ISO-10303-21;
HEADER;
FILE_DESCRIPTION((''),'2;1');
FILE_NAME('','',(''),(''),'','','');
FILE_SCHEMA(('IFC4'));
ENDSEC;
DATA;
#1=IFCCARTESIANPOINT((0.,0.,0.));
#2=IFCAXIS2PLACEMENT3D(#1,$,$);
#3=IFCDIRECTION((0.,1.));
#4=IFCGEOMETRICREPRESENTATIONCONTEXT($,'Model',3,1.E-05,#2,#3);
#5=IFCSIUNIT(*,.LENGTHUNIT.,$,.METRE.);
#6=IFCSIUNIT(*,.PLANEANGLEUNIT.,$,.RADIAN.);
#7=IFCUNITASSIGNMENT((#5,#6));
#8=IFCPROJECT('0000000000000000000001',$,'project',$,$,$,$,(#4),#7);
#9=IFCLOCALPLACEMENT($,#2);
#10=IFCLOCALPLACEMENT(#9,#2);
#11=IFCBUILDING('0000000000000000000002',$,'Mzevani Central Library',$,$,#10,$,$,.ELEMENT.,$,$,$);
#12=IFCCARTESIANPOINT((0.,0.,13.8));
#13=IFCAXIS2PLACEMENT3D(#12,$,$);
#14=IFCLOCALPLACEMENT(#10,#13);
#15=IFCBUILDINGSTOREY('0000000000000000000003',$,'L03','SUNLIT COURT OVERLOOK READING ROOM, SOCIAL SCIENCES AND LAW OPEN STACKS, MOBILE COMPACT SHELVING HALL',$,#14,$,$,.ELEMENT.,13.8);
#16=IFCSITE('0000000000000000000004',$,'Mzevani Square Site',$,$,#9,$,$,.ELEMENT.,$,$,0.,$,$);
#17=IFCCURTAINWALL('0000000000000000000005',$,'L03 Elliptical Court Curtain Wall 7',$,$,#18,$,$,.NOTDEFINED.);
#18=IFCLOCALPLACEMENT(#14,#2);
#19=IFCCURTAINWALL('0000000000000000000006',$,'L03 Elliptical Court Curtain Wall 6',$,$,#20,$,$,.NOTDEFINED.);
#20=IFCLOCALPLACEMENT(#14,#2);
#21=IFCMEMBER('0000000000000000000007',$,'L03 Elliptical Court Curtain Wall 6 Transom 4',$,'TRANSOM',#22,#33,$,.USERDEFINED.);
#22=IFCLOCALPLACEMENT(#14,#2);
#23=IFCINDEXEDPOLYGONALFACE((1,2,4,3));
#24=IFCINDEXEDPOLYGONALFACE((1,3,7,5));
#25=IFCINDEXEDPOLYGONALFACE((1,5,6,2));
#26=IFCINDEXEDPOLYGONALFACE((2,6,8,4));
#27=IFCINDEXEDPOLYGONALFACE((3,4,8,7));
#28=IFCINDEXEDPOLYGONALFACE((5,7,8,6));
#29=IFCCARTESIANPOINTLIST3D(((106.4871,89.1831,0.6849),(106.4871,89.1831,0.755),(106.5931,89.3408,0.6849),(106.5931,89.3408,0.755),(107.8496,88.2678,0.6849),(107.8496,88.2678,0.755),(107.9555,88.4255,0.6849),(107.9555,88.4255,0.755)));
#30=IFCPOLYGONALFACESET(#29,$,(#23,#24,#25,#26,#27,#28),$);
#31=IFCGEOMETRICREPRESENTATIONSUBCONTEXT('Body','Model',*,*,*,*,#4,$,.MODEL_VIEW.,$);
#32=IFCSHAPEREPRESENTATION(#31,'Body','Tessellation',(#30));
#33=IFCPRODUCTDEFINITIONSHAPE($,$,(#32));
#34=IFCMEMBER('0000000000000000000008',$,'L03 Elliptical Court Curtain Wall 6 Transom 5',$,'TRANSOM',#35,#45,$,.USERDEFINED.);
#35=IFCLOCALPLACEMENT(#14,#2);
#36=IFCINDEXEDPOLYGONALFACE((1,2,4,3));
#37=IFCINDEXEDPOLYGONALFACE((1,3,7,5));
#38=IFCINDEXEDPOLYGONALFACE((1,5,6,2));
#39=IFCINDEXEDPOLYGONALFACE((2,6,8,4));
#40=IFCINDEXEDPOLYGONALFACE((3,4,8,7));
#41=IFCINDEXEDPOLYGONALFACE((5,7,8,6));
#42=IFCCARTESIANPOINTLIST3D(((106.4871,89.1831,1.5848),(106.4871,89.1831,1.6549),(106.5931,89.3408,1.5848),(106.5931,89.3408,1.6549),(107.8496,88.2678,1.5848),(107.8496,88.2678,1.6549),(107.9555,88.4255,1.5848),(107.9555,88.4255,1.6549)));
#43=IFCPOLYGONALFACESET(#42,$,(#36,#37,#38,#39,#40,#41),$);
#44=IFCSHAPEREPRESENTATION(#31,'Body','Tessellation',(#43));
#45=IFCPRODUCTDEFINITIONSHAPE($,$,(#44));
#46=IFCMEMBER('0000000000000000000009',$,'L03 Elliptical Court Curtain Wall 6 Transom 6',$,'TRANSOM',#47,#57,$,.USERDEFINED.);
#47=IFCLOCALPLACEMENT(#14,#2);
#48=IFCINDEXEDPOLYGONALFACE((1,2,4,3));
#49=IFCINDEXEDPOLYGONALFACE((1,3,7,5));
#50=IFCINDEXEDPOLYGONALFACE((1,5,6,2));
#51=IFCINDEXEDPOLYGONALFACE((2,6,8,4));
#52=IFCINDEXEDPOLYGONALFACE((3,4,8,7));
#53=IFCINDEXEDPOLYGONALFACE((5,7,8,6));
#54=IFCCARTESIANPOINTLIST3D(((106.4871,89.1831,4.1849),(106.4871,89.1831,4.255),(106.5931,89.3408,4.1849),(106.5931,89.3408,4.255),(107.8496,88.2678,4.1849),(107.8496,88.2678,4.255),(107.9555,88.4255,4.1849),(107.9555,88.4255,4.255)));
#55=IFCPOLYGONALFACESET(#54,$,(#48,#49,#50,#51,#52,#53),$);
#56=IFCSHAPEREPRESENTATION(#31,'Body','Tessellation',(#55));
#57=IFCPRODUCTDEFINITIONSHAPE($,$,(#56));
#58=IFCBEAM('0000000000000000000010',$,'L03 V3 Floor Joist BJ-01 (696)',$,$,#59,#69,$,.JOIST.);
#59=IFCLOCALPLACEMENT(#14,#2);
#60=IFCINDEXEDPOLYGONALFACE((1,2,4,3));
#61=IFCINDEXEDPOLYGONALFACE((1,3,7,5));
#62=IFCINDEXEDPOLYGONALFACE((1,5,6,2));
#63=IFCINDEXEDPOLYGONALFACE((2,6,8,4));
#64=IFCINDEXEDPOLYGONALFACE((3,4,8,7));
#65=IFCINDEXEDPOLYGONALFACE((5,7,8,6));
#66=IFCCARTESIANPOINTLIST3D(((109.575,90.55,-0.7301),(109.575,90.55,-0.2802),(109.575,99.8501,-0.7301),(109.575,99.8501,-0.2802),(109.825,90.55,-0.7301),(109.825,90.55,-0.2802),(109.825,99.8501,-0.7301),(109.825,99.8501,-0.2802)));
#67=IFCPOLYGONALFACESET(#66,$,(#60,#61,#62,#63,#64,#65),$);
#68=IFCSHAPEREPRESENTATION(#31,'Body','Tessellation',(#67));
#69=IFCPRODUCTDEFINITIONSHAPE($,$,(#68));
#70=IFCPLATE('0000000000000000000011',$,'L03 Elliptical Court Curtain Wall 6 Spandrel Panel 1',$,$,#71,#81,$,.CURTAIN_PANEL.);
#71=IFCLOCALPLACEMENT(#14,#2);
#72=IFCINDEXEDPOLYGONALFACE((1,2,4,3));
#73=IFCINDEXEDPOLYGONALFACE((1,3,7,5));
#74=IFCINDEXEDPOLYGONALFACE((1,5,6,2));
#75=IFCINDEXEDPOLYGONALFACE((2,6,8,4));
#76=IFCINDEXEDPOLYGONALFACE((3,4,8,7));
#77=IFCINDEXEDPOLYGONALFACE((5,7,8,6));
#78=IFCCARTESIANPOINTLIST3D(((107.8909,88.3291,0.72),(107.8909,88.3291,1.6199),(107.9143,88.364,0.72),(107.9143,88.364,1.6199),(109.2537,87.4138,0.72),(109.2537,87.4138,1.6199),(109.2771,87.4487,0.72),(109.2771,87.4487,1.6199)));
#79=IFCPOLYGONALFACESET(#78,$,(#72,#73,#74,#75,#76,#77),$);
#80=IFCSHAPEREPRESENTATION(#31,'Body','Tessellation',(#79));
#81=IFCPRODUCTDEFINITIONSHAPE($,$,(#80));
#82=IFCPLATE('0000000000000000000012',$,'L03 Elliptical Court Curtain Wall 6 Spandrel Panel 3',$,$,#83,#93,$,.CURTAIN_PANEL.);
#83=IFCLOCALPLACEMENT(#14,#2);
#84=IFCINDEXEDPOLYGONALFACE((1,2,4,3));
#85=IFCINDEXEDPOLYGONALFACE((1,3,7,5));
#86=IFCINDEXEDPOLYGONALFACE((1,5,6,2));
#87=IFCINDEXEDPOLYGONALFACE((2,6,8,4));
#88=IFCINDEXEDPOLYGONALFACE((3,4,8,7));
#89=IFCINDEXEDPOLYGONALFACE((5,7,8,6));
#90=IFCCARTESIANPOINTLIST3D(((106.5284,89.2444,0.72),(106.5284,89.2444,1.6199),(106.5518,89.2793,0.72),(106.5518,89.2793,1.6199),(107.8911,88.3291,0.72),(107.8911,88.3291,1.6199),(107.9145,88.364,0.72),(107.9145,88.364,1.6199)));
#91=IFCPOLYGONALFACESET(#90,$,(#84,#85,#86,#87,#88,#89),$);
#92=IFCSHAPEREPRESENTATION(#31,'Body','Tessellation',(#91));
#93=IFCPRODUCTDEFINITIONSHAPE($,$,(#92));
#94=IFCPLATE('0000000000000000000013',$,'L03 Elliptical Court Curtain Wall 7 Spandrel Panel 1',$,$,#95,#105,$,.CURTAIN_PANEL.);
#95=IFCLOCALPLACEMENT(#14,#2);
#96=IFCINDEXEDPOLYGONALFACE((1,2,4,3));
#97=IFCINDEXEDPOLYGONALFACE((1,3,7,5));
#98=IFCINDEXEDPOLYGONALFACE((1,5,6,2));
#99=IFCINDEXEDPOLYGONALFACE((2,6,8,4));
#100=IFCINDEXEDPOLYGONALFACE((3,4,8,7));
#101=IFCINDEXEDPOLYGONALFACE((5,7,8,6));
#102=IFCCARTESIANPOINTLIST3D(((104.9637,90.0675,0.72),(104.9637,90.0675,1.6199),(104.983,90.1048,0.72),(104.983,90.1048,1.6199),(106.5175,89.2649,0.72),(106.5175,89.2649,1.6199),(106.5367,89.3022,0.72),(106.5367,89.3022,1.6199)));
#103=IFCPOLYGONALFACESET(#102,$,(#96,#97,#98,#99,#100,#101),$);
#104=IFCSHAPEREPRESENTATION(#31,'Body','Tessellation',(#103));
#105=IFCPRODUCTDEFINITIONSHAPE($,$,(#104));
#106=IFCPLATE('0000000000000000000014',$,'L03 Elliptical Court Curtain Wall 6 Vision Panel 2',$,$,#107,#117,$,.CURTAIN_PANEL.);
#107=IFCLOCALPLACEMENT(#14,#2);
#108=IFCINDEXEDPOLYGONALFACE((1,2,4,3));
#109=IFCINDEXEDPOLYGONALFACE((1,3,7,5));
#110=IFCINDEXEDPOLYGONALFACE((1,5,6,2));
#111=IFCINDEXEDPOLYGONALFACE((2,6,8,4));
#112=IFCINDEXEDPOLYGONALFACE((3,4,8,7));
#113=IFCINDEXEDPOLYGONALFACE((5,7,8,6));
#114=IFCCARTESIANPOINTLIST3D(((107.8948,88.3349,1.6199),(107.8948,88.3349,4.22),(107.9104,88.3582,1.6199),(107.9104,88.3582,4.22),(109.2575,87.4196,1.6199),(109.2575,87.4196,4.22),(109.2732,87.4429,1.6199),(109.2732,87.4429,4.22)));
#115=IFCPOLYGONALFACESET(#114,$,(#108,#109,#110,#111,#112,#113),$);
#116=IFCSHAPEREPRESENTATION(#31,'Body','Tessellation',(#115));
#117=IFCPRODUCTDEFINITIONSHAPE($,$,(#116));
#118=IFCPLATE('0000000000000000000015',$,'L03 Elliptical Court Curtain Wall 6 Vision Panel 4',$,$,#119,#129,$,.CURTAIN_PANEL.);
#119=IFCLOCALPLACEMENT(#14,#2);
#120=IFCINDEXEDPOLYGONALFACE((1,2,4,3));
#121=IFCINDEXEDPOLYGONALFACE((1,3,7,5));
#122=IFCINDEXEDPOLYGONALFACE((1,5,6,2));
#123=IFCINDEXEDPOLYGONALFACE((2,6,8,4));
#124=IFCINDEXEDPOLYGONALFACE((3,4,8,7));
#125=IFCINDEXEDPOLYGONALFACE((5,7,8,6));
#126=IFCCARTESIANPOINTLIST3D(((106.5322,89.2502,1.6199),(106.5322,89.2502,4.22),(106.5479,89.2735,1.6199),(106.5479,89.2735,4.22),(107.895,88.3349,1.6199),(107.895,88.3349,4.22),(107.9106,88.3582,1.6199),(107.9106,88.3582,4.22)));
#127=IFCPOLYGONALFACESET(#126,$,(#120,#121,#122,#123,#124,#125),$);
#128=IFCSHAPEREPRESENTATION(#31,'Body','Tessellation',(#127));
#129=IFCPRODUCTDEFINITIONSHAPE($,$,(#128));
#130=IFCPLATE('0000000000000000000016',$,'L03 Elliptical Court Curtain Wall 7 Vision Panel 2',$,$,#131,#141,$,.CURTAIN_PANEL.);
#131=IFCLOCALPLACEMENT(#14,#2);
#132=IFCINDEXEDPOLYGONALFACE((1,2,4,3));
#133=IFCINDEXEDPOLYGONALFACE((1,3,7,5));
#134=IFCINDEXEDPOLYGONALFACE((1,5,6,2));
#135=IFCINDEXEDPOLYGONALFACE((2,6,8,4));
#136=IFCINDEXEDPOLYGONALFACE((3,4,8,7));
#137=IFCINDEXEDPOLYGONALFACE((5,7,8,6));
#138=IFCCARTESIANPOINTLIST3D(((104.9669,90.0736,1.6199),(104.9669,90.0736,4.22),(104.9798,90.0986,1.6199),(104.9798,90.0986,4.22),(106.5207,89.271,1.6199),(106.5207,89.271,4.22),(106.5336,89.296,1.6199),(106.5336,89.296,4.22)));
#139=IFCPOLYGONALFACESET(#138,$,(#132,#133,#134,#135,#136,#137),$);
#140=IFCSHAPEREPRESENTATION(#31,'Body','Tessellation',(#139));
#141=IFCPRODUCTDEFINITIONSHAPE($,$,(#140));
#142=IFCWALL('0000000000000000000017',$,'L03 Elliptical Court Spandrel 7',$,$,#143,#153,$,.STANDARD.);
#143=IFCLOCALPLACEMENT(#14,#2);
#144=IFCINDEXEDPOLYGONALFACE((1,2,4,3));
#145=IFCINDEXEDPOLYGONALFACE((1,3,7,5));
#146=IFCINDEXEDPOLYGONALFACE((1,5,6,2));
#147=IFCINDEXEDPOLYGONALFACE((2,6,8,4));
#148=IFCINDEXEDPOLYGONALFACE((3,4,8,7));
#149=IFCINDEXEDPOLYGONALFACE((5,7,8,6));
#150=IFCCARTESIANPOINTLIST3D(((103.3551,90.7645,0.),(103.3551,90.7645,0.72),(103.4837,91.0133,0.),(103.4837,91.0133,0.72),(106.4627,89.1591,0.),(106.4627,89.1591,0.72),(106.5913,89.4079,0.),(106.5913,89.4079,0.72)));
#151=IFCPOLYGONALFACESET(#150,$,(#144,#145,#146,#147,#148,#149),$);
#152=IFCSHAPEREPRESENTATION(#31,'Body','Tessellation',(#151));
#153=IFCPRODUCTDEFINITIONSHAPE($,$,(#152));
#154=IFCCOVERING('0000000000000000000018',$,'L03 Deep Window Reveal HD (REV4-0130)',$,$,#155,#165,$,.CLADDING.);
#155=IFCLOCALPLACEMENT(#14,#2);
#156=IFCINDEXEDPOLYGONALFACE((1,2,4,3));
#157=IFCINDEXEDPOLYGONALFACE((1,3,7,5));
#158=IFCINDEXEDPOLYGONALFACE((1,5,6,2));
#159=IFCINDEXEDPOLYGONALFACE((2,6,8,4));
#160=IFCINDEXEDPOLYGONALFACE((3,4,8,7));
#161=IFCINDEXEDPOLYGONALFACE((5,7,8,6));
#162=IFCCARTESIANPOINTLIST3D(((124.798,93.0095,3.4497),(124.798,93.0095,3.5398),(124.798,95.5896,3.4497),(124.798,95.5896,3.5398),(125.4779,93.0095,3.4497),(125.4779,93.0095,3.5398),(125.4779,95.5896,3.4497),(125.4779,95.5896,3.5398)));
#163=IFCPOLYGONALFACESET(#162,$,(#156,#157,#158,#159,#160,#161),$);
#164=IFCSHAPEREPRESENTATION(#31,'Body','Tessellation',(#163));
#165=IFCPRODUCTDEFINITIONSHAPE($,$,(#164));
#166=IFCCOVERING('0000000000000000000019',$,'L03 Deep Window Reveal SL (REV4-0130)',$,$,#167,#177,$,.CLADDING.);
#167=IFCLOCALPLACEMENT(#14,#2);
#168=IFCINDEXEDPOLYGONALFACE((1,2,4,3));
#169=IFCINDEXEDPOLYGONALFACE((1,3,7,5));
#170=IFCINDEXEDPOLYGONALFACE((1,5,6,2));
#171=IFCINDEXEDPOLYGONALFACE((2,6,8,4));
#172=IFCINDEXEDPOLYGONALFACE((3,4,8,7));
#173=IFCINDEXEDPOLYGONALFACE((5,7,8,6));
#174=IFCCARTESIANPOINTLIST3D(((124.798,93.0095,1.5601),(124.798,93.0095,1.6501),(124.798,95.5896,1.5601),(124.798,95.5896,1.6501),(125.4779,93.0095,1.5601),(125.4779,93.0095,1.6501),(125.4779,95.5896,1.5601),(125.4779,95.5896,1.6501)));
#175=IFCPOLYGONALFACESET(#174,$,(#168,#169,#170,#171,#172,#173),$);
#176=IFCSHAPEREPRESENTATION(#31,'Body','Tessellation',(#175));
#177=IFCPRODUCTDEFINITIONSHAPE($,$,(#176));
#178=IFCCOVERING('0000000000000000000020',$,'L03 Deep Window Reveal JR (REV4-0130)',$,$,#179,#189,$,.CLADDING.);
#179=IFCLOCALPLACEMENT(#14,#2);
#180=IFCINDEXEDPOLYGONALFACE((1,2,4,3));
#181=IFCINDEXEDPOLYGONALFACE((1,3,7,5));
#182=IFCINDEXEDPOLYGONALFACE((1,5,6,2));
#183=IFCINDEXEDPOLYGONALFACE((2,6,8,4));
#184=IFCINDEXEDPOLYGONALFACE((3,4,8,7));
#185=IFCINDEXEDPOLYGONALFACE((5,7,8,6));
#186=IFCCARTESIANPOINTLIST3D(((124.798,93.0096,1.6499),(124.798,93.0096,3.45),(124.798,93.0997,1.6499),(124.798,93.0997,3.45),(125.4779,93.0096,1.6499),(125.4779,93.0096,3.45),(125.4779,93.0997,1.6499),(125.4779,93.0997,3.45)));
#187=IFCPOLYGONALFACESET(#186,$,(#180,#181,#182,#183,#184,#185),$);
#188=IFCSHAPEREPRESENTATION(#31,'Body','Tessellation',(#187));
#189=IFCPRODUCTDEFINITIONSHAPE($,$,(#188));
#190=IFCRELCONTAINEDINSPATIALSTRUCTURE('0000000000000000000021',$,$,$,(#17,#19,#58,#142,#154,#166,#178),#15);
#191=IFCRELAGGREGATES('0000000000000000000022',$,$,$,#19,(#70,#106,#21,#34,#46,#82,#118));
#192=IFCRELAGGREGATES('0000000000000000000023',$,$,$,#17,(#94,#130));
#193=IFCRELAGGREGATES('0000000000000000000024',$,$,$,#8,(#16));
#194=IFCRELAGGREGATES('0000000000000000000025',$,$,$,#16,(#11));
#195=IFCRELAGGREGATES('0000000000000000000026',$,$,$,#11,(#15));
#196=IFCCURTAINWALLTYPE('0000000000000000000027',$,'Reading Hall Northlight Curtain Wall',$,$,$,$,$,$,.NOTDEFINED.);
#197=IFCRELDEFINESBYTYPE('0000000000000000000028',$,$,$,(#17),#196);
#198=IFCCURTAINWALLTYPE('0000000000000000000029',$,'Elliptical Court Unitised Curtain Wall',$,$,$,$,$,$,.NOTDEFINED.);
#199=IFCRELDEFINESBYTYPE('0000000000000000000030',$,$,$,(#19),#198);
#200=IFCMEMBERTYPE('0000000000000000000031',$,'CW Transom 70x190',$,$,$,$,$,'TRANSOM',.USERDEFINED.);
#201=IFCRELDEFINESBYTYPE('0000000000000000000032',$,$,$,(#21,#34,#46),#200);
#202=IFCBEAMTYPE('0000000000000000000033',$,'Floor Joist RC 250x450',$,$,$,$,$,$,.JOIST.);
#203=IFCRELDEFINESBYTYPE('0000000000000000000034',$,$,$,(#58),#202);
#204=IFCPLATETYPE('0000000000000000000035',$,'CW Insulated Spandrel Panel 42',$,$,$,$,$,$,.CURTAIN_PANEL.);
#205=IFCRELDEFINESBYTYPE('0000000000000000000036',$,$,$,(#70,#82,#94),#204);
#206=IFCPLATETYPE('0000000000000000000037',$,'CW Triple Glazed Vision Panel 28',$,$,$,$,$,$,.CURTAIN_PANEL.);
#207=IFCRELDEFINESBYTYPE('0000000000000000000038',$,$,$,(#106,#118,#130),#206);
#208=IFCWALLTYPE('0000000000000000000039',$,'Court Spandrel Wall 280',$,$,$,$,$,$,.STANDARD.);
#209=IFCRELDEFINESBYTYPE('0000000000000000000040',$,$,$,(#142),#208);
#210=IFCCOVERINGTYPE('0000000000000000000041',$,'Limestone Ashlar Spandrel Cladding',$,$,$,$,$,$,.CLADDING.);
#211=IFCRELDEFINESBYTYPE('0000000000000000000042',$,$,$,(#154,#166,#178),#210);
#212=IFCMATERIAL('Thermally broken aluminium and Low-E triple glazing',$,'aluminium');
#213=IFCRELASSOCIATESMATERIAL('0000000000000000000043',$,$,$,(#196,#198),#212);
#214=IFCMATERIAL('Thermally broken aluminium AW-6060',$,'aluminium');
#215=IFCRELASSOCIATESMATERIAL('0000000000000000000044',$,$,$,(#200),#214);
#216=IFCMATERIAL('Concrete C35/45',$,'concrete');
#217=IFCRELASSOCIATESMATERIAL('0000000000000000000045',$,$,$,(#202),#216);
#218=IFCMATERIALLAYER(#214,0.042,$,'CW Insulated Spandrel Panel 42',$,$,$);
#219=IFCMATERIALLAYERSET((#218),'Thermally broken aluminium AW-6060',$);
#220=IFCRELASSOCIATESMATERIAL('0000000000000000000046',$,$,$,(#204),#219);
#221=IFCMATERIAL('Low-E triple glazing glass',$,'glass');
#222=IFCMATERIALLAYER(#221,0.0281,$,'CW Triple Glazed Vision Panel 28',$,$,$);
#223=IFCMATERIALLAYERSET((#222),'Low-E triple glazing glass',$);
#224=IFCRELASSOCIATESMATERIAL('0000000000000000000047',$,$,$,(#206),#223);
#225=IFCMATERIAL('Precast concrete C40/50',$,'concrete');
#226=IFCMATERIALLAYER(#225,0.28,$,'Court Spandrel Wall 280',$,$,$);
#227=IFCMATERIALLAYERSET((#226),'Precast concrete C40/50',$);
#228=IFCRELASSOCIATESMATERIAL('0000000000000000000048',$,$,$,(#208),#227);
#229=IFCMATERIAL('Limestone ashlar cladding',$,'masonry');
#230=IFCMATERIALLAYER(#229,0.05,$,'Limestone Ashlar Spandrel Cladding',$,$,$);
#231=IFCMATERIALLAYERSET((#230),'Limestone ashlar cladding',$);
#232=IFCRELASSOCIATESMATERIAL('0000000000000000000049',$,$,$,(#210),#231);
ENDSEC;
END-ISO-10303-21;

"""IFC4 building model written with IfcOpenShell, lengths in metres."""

from ifc_helpers import new_model, si_unit, direction, frame, frame_2d, origin, origin_2d, place, context, subcontext, project, spatial, rectangle, extrude, material, layer, layer_set, material_profile, profile_set, type_object, element, aggregate, save


model = new_model("IFC4")

# Units and contexts
model_context = context("Model", 3, precision=1e-05, world=origin(), true_north=direction((0.0, 1.0)))
body_context = subcontext(model_context, "Body", "Model", "MODEL_VIEW")
ifc_project = project(units=[si_unit("LENGTHUNIT", "METRE"), si_unit("PLANEANGLEUNIT", "RADIAN")], contexts=[model_context])

# Site, building, storey
site_placement = place(None, origin())
site = spatial("IfcSite", under=ifc_project, at=site_placement, Name="Mzevani Square Site", CompositionType="ELEMENT", RefElevation=0.0)
building_placement = place(site_placement, origin())
building = spatial("IfcBuilding", under=site, at=building_placement, Name="Mzevani Central Library", CompositionType="ELEMENT")
storey_placement = place(building_placement, frame((0.0, 0.0, 13.8)))
storey = spatial("IfcBuildingStorey", under=building, at=storey_placement, Name="L03", Description="SUNLIT COURT OVERLOOK READING ROOM, SOCIAL SCIENCES AND LAW OPEN STACKS, MOBILE COMPACT SHELVING HALL", CompositionType="ELEMENT", Elevation=13.8)

# Shared definitions
ifc_material_1 = material(Name="Concrete C35/45", Category="concrete")

# Curtain wall
ifc_material_2 = material(Name="Thermally broken aluminium and Low-E triple glazing", Category="aluminium")
curtain_wall_type_1 = type_object("IfcCurtainWallType", Name="Reading Hall Northlight Curtain Wall", PredefinedType="NOTDEFINED", material=ifc_material_2)
curtain_wall_1_placement = place(storey_placement, origin())
curtain_wall_1 = element("IfcCurtainWall", 1, at=curtain_wall_1_placement, inside=storey, type_object=curtain_wall_type_1, Name="L03 Elliptical Court Curtain Wall 7", PredefinedType="NOTDEFINED")
ifc_material_3 = material(Name="Thermally broken aluminium AW-6060", Category="aluminium")

# Curtain wall
curtain_wall_type_2 = type_object("IfcCurtainWallType", Name="Elliptical Court Unitised Curtain Wall", PredefinedType="NOTDEFINED", material=ifc_material_2)
curtain_wall_2_placement = place(storey_placement, origin())
curtain_wall_2 = element("IfcCurtainWall", 2, at=curtain_wall_2_placement, inside=storey, type_object=curtain_wall_type_2, Name="L03 Elliptical Court Curtain Wall 6", PredefinedType="NOTDEFINED")

# Members
ifc_material_profile_1 = material_profile(ifc_material_3, rectangle(XDim=0.1899, YDim=0.0701, at=origin_2d()), Name="ALU T70x190")
ifc_profile_set_1 = profile_set([ifc_material_profile_1], Name="Thermally broken aluminium AW-6060")
member_type_1 = type_object("IfcMemberType", Name="CW Transom 70x190", ElementType="TRANSOM", PredefinedType="USERDEFINED", material=ifc_profile_set_1)
member_1_placement = place(storey_placement, frame((107.9026, 88.3467, 0.72), z_axis=(-0.8301, 0.557614, 0.0), x_axis=(-0.557614, -0.8301, 0.0)))
member_1 = element("IfcMember", 3, at=member_1_placement, type_object=member_type_1, Name="L03 Elliptical Court Curtain Wall 6 Transom 4", ObjectType="TRANSOM", PredefinedType="USERDEFINED", context=body_context, shape_type="SweptSolid", body=[
    extrude(rectangle(XDim=0.1899, YDim=0.0701, at=origin_2d()), origin(), (0.0, 0.0, 1.0), 1.6414),
])
member_2_placement = place(storey_placement, frame((107.9026, 88.3467, 1.6199), z_axis=(-0.8301, 0.557614, 0.0), x_axis=(-0.557614, -0.8301, 0.0)))
member_2 = element("IfcMember", 4, at=member_2_placement, type_object=member_type_1, Name="L03 Elliptical Court Curtain Wall 6 Transom 5", ObjectType="TRANSOM", PredefinedType="USERDEFINED", context=body_context, shape_type="SweptSolid", body=[
    extrude(rectangle(XDim=0.1899, YDim=0.0701, at=origin_2d()), origin(), (0.0, 0.0, 1.0), 1.6414),
])
member_3_placement = place(storey_placement, frame((107.9026, 88.3467, 4.22), z_axis=(-0.8301, 0.557614, 0.0), x_axis=(-0.557614, -0.8301, 0.0)))
member_3 = element("IfcMember", 5, at=member_3_placement, type_object=member_type_1, Name="L03 Elliptical Court Curtain Wall 6 Transom 6", ObjectType="TRANSOM", PredefinedType="USERDEFINED", context=body_context, shape_type="SweptSolid", body=[
    extrude(rectangle(XDim=0.1899, YDim=0.0701, at=origin_2d()), origin(), (0.0, 0.0, 1.0), 1.6414),
])

# Beam
ifc_material_profile_2 = material_profile(ifc_material_1, rectangle(XDim=0.25, YDim=0.45, at=origin_2d()), Name="RC J250x450")
ifc_profile_set_2 = profile_set([ifc_material_profile_2], Name="Concrete C35/45")
beam_type_1 = type_object("IfcBeamType", Name="Floor Joist RC 250x450", PredefinedType="JOIST", material=ifc_profile_set_2)
beam_1_placement = place(storey_placement, frame((109.7, 90.55, -0.5051), z_axis=(0.0, 1.0, 0.0), x_axis=(-1.0, 0.0, 0.0)))
element("IfcBeam", 6, at=beam_1_placement, inside=storey, type_object=beam_type_1, Name="L03 V3 Floor Joist BJ-01 (696)", PredefinedType="JOIST", context=body_context, shape_type="SweptSolid", body=[
    extrude(rectangle(XDim=0.25, YDim=0.45, at=origin_2d()), origin(), (0.0, 0.0, 1.0), 9.3),
])

# Plates
ifc_layer_1 = layer(ifc_material_3, 0.042, Name="CW Insulated Spandrel Panel 42")
ifc_layer_set_1 = layer_set([ifc_layer_1], Name="Thermally broken aluminium AW-6060")
plate_type_1 = type_object("IfcPlateType", Name="CW Insulated Spandrel Panel 42", PredefinedType="CURTAIN_PANEL", material=ifc_layer_set_1)
plate_1_placement = place(storey_placement, frame((108.584, 87.8889, 0.72), z_axis=(0.0, 0.0, 1.0), x_axis=(-0.830138, 0.557558, 0.0)))
plate_1 = element("IfcPlate", 7, at=plate_1_placement, type_object=plate_type_1, Name="L03 Elliptical Court Curtain Wall 6 Spandrel Panel 1", PredefinedType="CURTAIN_PANEL", context=body_context, shape_type="SweptSolid", body=[
    extrude(rectangle(XDim=1.6416, YDim=0.042, at=origin_2d()), origin(), (0.0, 0.0, 1.0), 0.8999),
])
plate_2_placement = place(storey_placement, frame((107.2214, 88.8042, 0.72), z_axis=(0.0, 0.0, 1.0), x_axis=(-0.830138, 0.557558, 0.0)))
plate_2 = element("IfcPlate", 8, at=plate_2_placement, type_object=plate_type_1, Name="L03 Elliptical Court Curtain Wall 6 Spandrel Panel 3", PredefinedType="CURTAIN_PANEL", context=body_context, shape_type="SweptSolid", body=[
    extrude(rectangle(XDim=1.6416, YDim=0.042, at=origin_2d()), origin(), (0.0, 0.0, 1.0), 0.8999),
])
plate_3_placement = place(storey_placement, frame((105.7502, 89.6848, 0.72), z_axis=(0.0, 0.0, 1.0), x_axis=(-0.888466, 0.458943, 0.0)))
plate_3 = element("IfcPlate", 9, at=plate_3_placement, type_object=plate_type_1, Name="L03 Elliptical Court Curtain Wall 7 Spandrel Panel 1", PredefinedType="CURTAIN_PANEL", context=body_context, shape_type="SweptSolid", body=[
    extrude(rectangle(XDim=1.7488, YDim=0.042, at=origin_2d()), origin(), (0.0, 0.0, 1.0), 0.8999),
])
ifc_material_4 = material(Name="Low-E triple glazing glass", Category="glass")
ifc_layer_2 = layer(ifc_material_4, 0.0281, Name="CW Triple Glazed Vision Panel 28")
ifc_layer_set_2 = layer_set([ifc_layer_2], Name="Low-E triple glazing glass")
plate_type_2 = type_object("IfcPlateType", Name="CW Triple Glazed Vision Panel 28", PredefinedType="CURTAIN_PANEL", material=ifc_layer_set_2)
plate_4_placement = place(storey_placement, frame((108.584, 87.8889, 1.6199), z_axis=(0.0, 0.0, 1.0), x_axis=(-0.830138, 0.557558, 0.0)))
plate_4 = element("IfcPlate", 10, at=plate_4_placement, type_object=plate_type_2, Name="L03 Elliptical Court Curtain Wall 6 Vision Panel 2", PredefinedType="CURTAIN_PANEL", context=body_context, shape_type="SweptSolid", body=[
    extrude(rectangle(XDim=1.6416, YDim=0.0281, at=origin_2d()), origin(), (0.0, 0.0, 1.0), 2.6001),
])
plate_5_placement = place(storey_placement, frame((107.2214, 88.8042, 1.6199), z_axis=(0.0, 0.0, 1.0), x_axis=(-0.830138, 0.557558, 0.0)))
plate_5 = element("IfcPlate", 11, at=plate_5_placement, type_object=plate_type_2, Name="L03 Elliptical Court Curtain Wall 6 Vision Panel 4", PredefinedType="CURTAIN_PANEL", context=body_context, shape_type="SweptSolid", body=[
    extrude(rectangle(XDim=1.6416, YDim=0.0281, at=origin_2d()), origin(), (0.0, 0.0, 1.0), 2.6001),
])
aggregate(curtain_wall_2, [plate_1, plate_4, member_1, member_2, member_3, plate_2, plate_5])
plate_6_placement = place(storey_placement, frame((105.7502, 89.6848, 1.6199), z_axis=(0.0, 0.0, 1.0), x_axis=(-0.888466, 0.458943, 0.0)))
plate_6 = element("IfcPlate", 12, at=plate_6_placement, type_object=plate_type_2, Name="L03 Elliptical Court Curtain Wall 7 Vision Panel 2", PredefinedType="CURTAIN_PANEL", context=body_context, shape_type="SweptSolid", body=[
    extrude(rectangle(XDim=1.7488, YDim=0.0281, at=origin_2d()), origin(), (0.0, 0.0, 1.0), 2.6001),
])
aggregate(curtain_wall_1, [plate_3, plate_6])

# Wall
ifc_material_5 = material(Name="Precast concrete C40/50", Category="concrete")
ifc_layer_3 = layer(ifc_material_5, 0.28, Name="Court Spandrel Wall 280")
ifc_layer_set_3 = layer_set([ifc_layer_3], Name="Precast concrete C40/50")
wall_type = type_object("IfcWallType", Name="Court Spandrel Wall 280", PredefinedType="STANDARD", material=ifc_layer_set_3)
wall_placement = place(storey_placement, frame((106.5271, 89.2834, 0.0), z_axis=(0.0, 0.0, 1.0), x_axis=(-0.888444, 0.458984, 0.0)))
element("IfcWall", 13, at=wall_placement, inside=storey, type_object=wall_type, Name="L03 Elliptical Court Spandrel 7", PredefinedType="STANDARD", context=body_context, shape_type="SweptSolid", body=[
    extrude(rectangle(XDim=3.4978, YDim=0.28, at=frame_2d((1.749, 0.0))), origin(), (0.0, 0.0, 1.0), 0.72),
])

# Coverings
ifc_material_6 = material(Name="Limestone ashlar cladding", Category="masonry")
ifc_layer_4 = layer(ifc_material_6, 0.05, Name="Limestone Ashlar Spandrel Cladding")
ifc_layer_set_4 = layer_set([ifc_layer_4], Name="Limestone ashlar cladding")
covering_type = type_object("IfcCoveringType", Name="Limestone Ashlar Spandrel Cladding", PredefinedType="CLADDING", material=ifc_layer_set_4)
for number, where, z_axis, x_axis, name in (
    (14, (125.1379, 94.2996, 3.4497), (0.0, 0.0, 1.0), (0.0, -1.0, 0.0), "L03 Deep Window Reveal HD (REV4-0130)"),
    (15, (125.1379, 94.2996, 1.5601), (0.0, 0.0, 1.0), (0.0, -1.0, 0.0), "L03 Deep Window Reveal SL (REV4-0130)"),
):
    element("IfcCovering", number, at=place(storey_placement, frame(where, z_axis=z_axis, x_axis=x_axis)), inside=storey, type_object=covering_type, Name=name, PredefinedType="CLADDING", context=body_context, shape_type="SweptSolid", body=[
        extrude(rectangle(XDim=2.5801, YDim=0.6799, at=origin_2d()), origin(), (0.0, 0.0, 1.0), 0.0901),
    ])
covering_1_placement = place(storey_placement, frame((125.1379, 93.0547, 1.6499), z_axis=(0.0, 0.0, 1.0), x_axis=(0.0, -1.0, 0.0)))
element("IfcCovering", 16, at=covering_1_placement, inside=storey, type_object=covering_type, Name="L03 Deep Window Reveal JR (REV4-0130)", PredefinedType="CLADDING", context=body_context, shape_type="SweptSolid", body=[
    extrude(rectangle(XDim=0.0901, YDim=0.6799, at=origin_2d()), origin(), (0.0, 0.0, 1.0), 1.8),
])

save(model, "model.ifc")
